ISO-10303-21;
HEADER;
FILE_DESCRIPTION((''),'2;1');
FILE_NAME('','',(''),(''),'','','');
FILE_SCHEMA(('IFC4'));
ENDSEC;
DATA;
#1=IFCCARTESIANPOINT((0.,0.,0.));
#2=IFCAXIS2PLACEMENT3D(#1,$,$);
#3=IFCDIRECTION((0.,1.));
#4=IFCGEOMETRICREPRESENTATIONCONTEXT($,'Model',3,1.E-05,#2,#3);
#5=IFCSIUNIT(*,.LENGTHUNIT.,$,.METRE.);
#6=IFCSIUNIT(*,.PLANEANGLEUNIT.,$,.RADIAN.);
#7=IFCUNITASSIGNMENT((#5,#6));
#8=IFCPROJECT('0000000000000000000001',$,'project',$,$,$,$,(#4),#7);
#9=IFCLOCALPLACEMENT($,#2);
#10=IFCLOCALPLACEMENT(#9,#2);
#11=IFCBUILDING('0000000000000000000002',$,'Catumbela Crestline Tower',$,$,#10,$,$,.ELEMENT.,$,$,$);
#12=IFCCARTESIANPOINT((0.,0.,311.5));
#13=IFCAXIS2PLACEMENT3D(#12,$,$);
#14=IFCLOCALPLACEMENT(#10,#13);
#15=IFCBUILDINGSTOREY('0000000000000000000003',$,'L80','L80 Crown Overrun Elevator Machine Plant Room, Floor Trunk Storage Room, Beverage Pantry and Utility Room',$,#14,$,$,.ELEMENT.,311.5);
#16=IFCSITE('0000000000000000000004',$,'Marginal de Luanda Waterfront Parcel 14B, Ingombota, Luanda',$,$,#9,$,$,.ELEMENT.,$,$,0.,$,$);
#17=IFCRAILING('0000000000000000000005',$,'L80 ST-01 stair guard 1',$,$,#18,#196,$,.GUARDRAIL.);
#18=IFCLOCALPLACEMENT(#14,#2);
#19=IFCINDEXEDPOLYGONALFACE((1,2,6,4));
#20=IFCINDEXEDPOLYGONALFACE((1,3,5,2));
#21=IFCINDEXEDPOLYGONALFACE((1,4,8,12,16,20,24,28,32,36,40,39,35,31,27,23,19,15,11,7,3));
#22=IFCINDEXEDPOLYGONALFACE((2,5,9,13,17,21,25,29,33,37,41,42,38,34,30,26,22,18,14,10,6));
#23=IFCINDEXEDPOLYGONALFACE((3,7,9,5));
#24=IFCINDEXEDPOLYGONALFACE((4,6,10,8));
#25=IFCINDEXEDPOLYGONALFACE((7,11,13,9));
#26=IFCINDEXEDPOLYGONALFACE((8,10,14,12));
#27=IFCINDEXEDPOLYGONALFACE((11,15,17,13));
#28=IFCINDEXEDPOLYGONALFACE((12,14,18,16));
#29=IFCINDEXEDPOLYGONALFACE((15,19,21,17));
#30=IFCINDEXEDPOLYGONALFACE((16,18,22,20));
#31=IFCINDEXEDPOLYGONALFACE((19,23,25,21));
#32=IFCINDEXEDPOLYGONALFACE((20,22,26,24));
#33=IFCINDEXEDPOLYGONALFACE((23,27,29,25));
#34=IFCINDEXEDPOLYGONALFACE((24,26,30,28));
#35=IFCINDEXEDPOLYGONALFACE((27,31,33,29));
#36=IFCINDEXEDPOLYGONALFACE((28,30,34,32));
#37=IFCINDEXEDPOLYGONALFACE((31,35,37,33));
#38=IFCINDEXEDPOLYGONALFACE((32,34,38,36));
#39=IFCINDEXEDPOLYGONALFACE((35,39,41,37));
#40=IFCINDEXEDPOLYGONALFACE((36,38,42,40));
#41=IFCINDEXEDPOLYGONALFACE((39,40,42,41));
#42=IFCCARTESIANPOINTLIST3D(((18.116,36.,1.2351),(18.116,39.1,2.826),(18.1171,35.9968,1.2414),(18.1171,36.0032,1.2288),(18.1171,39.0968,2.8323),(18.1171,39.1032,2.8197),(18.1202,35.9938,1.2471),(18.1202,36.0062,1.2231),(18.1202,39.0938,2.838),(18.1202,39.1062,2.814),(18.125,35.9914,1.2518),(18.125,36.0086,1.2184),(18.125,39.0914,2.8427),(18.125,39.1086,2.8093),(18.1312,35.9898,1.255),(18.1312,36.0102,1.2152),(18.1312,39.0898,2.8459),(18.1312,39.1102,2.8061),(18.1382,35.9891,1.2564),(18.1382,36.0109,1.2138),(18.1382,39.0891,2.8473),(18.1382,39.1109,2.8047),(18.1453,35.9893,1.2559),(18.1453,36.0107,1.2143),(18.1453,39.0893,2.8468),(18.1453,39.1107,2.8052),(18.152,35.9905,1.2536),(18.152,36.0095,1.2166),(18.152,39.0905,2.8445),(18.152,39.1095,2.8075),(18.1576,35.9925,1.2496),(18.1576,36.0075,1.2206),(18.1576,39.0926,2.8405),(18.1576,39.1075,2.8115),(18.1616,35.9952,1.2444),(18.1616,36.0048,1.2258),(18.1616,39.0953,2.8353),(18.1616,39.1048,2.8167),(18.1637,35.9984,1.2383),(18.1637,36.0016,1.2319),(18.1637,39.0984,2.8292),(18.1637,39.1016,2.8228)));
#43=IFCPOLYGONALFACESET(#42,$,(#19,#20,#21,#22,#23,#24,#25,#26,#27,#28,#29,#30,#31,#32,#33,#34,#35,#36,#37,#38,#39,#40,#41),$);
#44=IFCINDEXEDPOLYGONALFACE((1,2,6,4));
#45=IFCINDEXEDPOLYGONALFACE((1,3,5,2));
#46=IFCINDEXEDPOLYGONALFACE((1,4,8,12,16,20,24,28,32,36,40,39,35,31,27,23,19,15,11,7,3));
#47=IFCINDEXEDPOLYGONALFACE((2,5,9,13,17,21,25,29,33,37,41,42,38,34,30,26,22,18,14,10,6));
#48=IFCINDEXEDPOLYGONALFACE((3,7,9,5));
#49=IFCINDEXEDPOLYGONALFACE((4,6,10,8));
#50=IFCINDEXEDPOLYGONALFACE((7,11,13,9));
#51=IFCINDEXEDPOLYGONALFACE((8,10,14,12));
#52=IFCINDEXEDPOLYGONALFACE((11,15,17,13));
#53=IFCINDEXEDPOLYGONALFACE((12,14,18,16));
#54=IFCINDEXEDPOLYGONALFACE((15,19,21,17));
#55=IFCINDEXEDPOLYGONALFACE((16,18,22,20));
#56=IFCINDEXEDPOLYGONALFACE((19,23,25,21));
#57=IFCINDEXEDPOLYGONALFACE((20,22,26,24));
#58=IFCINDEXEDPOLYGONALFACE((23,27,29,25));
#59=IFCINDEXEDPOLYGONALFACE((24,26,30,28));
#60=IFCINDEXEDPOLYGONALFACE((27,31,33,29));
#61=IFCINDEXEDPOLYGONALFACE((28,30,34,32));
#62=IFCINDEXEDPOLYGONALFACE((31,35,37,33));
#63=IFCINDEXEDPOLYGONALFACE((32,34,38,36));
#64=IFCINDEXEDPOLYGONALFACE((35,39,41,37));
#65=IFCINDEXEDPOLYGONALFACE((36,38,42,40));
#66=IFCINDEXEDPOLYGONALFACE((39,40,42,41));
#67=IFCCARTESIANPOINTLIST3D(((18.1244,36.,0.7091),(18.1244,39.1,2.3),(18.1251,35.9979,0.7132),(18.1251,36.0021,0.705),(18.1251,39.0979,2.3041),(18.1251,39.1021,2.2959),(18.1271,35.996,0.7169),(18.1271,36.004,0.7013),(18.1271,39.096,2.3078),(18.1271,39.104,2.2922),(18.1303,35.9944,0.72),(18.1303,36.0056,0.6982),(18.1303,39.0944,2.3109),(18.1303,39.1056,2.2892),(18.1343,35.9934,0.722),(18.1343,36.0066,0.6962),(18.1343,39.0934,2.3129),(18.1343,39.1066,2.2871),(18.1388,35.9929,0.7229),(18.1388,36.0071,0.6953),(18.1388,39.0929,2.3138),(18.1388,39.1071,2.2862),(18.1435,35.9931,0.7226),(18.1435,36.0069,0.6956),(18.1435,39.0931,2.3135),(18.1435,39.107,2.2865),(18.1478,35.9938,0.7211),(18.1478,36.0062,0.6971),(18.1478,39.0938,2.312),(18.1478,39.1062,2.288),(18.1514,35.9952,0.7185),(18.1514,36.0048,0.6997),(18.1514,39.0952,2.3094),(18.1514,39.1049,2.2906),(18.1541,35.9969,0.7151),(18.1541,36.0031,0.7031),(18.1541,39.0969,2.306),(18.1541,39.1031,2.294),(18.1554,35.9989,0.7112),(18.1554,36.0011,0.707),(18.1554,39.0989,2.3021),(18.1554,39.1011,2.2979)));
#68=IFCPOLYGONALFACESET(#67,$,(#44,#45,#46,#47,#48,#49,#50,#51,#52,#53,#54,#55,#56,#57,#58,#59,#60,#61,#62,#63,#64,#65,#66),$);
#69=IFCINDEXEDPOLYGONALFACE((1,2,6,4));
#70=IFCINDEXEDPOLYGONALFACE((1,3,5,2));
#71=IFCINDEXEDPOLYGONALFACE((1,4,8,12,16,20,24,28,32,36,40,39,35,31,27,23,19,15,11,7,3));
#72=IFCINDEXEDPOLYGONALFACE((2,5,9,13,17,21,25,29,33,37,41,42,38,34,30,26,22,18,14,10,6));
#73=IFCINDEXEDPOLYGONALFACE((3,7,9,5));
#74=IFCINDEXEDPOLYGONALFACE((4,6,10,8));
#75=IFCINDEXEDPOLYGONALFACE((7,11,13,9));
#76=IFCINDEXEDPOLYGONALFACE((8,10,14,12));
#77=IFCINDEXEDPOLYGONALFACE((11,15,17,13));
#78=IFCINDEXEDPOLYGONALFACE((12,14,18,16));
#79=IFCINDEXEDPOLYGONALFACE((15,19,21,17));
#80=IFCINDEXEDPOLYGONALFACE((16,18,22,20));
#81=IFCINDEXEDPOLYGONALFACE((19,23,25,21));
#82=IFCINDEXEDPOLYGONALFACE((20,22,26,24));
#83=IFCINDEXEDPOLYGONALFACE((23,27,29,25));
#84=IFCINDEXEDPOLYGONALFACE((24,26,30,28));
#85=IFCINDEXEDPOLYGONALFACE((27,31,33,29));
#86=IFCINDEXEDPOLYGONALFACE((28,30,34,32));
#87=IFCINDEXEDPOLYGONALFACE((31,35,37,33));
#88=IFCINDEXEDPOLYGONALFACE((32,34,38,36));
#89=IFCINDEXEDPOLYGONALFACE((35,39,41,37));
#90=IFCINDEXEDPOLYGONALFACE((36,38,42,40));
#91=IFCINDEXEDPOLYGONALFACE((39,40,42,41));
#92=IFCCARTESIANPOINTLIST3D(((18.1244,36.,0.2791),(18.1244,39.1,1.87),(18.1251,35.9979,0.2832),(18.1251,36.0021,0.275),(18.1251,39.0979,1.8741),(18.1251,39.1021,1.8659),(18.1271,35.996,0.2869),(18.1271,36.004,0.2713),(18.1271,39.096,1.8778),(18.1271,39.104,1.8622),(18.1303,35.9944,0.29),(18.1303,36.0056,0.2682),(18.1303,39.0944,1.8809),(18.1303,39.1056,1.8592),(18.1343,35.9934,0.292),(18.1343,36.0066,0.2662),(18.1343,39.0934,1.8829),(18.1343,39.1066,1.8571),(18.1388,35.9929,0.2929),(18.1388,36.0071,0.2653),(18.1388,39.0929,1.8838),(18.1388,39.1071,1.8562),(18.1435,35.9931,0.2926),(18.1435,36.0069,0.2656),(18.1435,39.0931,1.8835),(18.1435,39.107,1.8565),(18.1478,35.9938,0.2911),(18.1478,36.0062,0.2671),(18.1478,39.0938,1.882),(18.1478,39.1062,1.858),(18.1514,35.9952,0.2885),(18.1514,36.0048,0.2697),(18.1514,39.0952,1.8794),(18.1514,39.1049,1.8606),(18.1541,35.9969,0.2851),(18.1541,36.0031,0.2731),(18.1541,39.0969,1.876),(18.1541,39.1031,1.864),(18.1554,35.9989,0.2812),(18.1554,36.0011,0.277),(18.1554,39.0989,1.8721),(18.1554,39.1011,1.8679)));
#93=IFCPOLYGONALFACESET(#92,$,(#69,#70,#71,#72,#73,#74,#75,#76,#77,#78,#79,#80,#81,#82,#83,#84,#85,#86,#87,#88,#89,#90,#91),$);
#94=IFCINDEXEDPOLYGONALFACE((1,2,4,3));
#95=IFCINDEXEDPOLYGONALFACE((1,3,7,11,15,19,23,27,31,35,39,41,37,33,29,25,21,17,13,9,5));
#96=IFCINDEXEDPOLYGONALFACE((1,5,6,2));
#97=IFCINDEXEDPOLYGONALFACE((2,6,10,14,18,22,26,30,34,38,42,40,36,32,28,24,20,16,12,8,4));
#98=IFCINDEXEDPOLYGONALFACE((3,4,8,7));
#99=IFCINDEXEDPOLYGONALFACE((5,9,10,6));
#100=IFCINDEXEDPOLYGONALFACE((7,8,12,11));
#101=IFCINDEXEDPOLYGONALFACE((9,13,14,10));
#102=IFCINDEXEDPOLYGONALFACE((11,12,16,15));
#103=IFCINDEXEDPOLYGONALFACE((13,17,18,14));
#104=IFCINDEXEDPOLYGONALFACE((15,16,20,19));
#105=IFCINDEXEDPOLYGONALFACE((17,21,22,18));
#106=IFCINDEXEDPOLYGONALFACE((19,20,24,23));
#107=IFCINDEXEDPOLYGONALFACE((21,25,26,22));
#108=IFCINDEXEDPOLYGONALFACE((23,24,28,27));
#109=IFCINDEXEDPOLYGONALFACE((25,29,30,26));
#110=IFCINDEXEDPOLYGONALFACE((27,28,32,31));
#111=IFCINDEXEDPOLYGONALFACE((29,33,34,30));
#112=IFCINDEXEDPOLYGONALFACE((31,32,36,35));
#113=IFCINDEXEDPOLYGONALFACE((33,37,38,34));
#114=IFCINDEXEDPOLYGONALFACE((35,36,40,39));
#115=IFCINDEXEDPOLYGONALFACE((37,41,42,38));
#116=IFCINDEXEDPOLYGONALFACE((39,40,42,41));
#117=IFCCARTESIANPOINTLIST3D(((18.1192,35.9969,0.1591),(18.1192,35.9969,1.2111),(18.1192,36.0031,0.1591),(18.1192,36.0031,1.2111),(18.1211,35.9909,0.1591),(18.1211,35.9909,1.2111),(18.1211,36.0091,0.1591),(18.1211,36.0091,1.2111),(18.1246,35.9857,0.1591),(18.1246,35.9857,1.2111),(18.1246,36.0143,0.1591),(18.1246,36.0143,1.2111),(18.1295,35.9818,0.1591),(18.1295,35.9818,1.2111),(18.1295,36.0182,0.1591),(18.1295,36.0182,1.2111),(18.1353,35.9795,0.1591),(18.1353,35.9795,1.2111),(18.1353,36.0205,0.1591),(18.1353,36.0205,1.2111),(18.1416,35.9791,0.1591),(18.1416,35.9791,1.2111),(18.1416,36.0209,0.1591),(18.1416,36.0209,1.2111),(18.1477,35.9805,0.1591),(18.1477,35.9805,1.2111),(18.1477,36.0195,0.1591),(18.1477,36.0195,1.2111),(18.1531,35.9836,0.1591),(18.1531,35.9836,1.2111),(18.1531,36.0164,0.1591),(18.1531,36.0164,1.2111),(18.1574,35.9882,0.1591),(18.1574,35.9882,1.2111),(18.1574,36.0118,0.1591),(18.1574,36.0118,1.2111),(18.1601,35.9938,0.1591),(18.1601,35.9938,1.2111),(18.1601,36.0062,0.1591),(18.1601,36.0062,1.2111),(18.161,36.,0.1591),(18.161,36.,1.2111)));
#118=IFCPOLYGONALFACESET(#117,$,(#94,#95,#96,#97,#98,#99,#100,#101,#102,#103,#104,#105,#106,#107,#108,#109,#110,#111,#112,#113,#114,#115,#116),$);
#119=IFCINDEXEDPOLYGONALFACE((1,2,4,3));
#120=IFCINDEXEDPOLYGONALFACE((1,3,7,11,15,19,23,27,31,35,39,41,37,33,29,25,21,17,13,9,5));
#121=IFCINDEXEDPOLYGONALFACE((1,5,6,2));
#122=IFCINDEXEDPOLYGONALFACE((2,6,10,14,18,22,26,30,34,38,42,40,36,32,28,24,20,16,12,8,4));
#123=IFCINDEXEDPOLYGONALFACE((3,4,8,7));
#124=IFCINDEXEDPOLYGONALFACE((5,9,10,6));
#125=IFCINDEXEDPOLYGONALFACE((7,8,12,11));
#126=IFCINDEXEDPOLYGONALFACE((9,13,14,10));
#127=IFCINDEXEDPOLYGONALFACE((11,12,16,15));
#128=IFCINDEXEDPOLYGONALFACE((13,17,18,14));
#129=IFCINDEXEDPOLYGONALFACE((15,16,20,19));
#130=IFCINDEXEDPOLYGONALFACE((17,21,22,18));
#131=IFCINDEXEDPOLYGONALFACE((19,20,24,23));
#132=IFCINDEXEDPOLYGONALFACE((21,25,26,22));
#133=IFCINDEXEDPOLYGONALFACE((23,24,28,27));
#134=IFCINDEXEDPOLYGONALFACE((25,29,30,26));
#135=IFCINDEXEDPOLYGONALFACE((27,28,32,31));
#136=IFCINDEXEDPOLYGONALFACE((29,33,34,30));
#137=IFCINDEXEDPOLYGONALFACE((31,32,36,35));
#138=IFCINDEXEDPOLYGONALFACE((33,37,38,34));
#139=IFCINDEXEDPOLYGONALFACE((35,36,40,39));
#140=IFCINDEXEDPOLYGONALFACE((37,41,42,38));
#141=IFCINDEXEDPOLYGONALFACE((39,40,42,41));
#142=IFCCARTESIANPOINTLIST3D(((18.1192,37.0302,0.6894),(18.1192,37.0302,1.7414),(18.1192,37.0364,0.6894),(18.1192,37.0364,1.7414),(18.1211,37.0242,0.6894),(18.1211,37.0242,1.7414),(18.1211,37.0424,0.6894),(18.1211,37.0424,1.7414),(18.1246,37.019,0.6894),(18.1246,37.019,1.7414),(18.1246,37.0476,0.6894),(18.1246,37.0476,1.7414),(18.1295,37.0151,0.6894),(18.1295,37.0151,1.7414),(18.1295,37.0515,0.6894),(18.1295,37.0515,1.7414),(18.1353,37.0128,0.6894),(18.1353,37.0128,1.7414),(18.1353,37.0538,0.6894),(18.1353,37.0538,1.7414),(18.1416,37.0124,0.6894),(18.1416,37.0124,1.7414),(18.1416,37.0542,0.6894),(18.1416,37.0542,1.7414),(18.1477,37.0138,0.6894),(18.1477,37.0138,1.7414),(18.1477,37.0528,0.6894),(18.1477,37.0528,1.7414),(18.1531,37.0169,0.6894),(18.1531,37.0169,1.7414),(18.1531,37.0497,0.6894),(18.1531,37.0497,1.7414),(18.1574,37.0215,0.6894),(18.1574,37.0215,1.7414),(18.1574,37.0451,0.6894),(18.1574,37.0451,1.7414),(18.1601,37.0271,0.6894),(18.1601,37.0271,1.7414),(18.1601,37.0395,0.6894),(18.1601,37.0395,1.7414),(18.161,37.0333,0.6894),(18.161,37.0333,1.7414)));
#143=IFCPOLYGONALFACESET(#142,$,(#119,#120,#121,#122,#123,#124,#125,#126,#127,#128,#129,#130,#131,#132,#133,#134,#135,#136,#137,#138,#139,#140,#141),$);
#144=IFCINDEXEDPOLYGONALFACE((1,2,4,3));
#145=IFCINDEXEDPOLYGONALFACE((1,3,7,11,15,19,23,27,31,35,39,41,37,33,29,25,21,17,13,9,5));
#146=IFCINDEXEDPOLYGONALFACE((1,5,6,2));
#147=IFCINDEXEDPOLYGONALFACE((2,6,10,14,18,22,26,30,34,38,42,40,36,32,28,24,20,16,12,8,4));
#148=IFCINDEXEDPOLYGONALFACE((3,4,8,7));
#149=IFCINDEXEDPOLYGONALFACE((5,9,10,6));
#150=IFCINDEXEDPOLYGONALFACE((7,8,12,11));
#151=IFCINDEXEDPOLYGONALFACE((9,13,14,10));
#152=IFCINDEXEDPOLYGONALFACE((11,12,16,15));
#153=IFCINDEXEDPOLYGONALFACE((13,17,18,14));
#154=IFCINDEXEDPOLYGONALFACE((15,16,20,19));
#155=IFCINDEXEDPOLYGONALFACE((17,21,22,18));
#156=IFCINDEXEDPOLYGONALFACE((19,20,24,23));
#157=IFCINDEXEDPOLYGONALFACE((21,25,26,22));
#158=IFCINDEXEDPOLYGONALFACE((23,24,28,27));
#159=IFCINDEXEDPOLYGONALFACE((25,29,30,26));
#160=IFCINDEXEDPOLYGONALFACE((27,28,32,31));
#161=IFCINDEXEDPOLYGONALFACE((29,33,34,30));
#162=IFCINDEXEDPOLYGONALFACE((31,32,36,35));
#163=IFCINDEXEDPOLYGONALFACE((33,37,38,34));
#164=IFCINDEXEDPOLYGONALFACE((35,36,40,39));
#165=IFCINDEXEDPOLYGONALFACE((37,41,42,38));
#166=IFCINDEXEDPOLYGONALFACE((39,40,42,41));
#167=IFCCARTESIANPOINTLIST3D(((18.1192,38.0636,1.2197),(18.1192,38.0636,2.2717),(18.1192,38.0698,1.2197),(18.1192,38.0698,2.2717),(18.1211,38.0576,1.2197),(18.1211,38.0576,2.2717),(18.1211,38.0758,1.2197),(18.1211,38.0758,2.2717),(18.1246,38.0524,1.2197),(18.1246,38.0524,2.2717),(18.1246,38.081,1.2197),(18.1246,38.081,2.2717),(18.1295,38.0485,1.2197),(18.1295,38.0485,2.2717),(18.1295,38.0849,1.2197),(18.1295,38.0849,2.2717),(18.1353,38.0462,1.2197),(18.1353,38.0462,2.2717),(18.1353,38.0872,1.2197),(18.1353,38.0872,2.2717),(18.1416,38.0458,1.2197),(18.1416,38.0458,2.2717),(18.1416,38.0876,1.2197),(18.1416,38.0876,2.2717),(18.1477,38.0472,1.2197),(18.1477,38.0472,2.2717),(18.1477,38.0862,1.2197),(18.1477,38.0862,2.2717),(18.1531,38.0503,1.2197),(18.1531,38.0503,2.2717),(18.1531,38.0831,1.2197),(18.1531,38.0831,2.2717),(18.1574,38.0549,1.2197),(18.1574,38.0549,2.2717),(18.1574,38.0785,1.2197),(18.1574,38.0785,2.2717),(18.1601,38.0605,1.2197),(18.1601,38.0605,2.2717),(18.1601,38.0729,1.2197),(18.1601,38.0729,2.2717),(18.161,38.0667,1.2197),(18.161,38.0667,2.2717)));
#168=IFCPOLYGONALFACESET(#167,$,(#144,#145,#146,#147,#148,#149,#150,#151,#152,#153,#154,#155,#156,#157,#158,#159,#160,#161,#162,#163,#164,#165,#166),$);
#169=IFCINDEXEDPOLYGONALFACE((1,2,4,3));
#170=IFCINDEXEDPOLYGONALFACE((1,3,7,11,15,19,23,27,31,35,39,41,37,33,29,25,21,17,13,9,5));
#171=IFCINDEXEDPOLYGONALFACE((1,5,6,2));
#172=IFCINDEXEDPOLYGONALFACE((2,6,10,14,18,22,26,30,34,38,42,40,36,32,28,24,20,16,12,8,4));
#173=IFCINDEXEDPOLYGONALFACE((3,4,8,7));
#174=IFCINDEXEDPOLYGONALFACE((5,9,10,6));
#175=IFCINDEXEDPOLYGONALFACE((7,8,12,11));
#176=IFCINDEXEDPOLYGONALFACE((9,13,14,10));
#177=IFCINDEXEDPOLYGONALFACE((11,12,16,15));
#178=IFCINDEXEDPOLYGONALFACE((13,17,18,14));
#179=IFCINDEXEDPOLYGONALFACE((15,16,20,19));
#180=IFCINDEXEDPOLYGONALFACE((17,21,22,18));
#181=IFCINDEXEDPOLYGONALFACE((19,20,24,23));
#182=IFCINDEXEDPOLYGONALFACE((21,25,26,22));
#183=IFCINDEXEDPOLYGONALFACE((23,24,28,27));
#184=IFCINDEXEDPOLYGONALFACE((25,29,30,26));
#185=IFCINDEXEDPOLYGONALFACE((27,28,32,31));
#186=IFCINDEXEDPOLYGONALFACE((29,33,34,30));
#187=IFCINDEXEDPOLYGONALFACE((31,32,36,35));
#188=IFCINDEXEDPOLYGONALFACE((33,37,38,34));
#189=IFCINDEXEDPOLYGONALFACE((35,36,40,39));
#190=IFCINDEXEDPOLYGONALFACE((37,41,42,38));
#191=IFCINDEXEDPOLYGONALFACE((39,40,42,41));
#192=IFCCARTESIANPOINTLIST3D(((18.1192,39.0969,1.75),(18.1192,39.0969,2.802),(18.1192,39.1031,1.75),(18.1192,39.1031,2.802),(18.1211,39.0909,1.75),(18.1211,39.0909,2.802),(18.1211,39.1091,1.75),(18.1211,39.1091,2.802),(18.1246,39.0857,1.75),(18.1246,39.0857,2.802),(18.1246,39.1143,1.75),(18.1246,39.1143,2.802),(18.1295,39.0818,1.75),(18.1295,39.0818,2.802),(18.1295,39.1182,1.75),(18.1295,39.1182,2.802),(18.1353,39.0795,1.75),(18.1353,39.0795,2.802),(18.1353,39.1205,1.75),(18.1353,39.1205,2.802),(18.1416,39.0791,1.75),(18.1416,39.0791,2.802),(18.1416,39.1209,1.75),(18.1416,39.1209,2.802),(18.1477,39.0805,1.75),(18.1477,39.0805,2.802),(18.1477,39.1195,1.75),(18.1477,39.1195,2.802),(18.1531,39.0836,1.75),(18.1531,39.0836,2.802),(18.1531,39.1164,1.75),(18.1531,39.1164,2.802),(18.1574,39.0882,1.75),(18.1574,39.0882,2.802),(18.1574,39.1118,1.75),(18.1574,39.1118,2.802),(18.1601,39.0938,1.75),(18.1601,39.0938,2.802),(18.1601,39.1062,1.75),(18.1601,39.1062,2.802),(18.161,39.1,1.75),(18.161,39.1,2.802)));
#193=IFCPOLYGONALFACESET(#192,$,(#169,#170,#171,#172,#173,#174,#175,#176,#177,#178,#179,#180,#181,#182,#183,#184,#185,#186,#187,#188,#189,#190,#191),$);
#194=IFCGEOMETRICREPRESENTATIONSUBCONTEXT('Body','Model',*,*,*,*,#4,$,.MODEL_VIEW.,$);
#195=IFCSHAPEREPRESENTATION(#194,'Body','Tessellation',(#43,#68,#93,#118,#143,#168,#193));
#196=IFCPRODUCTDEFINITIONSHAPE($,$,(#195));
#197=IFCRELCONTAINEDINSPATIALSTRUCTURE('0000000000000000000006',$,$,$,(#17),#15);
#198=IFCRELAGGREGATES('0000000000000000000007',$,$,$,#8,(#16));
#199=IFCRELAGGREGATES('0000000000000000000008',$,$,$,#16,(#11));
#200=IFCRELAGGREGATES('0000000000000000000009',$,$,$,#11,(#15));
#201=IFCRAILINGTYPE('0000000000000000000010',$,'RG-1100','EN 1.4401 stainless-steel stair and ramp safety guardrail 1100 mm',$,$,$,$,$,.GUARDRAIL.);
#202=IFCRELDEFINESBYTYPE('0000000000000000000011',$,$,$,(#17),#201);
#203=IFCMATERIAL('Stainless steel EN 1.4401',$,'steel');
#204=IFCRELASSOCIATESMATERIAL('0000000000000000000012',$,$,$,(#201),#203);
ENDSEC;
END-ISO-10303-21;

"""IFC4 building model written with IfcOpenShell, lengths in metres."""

from ifc_helpers import new_model, si_unit, direction, frame, origin, origin_2d, place, context, subcontext, project, spatial, circle, extrude, material, type_object, element, save


model = new_model("IFC4")

# Units and contexts
model_context = context("Model", 3, precision=1e-05, world=origin(), true_north=direction((0.0, 1.0)))
body_context = subcontext(model_context, "Body", "Model", "MODEL_VIEW")
ifc_project = project(units=[si_unit("LENGTHUNIT", "METRE"), si_unit("PLANEANGLEUNIT", "RADIAN")], contexts=[model_context])

# Site, building, storey
site_placement = place(None, origin())
site = spatial("IfcSite", under=ifc_project, at=site_placement, Name="Marginal de Luanda Waterfront Parcel 14B, Ingombota, Luanda", CompositionType="ELEMENT", RefElevation=0.0)
building_placement = place(site_placement, origin())
building = spatial("IfcBuilding", under=site, at=building_placement, Name="Catumbela Crestline Tower", CompositionType="ELEMENT")
storey_placement = place(building_placement, frame((0.0, 0.0, 311.5)))
storey = spatial("IfcBuildingStorey", under=building, at=storey_placement, Name="L80", Description="L80 Crown Overrun Elevator Machine Plant Room, Floor Trunk Storage Room, Beverage Pantry and Utility Room", CompositionType="ELEMENT", Elevation=311.5)

# Shared definitions
ifc_material_1 = material(Name="Stainless steel EN 1.4401", Category="steel")

# Railing
railing_type_1 = type_object("IfcRailingType", Name="RG-1100", Description="EN 1.4401 stainless-steel stair and ramp safety guardrail 1100 mm", PredefinedType="GUARDRAIL", material=ifc_material_1)
railing_1_placement = place(storey_placement, frame((18.14, 36.0, 0.1591)))
element("IfcRailing", 1, at=railing_1_placement, inside=storey, type_object=railing_type_1, Name="L80 ST-01 stair guard 1", PredefinedType="GUARDRAIL", context=body_context, shape_type="SweptSolid", body=[
    extrude(circle(Radius=0.024, at=origin_2d()), frame((0.0, 0.0, 1.076), z_axis=(0.0, 0.889683, 0.456579), x_axis=(-1.0, 0.0, 0.0)), (0.0, 0.0, 1.0), 3.4844),
    extrude(circle(Radius=0.0156, at=origin_2d()), frame((0.0, 0.0, 0.55), z_axis=(0.0, 0.889683, 0.456579), x_axis=(-1.0, 0.0, 0.0)), (0.0, 0.0, 1.0), 3.4844),
    extrude(circle(Radius=0.0156, at=origin_2d()), frame((0.0, 0.0, 0.12), z_axis=(0.0, 0.889683, 0.456579), x_axis=(-1.0, 0.0, 0.0)), (0.0, 0.0, 1.0), 3.4844),
    extrude(circle(Radius=0.021, at=origin_2d()), origin(), (0.0, 0.0, 1.0), 1.052),
    extrude(circle(Radius=0.021, at=origin_2d()), frame((0.0, 1.0333, 0.5303)), (0.0, 0.0, 1.0), 1.052),
    extrude(circle(Radius=0.021, at=origin_2d()), frame((0.0, 2.0667, 1.0606)), (0.0, 0.0, 1.0), 1.052),
    extrude(circle(Radius=0.021, at=origin_2d()), frame((0.0, 3.1, 1.5909)), (0.0, 0.0, 1.0), 1.052),
])

save(model, "model.ifc")
